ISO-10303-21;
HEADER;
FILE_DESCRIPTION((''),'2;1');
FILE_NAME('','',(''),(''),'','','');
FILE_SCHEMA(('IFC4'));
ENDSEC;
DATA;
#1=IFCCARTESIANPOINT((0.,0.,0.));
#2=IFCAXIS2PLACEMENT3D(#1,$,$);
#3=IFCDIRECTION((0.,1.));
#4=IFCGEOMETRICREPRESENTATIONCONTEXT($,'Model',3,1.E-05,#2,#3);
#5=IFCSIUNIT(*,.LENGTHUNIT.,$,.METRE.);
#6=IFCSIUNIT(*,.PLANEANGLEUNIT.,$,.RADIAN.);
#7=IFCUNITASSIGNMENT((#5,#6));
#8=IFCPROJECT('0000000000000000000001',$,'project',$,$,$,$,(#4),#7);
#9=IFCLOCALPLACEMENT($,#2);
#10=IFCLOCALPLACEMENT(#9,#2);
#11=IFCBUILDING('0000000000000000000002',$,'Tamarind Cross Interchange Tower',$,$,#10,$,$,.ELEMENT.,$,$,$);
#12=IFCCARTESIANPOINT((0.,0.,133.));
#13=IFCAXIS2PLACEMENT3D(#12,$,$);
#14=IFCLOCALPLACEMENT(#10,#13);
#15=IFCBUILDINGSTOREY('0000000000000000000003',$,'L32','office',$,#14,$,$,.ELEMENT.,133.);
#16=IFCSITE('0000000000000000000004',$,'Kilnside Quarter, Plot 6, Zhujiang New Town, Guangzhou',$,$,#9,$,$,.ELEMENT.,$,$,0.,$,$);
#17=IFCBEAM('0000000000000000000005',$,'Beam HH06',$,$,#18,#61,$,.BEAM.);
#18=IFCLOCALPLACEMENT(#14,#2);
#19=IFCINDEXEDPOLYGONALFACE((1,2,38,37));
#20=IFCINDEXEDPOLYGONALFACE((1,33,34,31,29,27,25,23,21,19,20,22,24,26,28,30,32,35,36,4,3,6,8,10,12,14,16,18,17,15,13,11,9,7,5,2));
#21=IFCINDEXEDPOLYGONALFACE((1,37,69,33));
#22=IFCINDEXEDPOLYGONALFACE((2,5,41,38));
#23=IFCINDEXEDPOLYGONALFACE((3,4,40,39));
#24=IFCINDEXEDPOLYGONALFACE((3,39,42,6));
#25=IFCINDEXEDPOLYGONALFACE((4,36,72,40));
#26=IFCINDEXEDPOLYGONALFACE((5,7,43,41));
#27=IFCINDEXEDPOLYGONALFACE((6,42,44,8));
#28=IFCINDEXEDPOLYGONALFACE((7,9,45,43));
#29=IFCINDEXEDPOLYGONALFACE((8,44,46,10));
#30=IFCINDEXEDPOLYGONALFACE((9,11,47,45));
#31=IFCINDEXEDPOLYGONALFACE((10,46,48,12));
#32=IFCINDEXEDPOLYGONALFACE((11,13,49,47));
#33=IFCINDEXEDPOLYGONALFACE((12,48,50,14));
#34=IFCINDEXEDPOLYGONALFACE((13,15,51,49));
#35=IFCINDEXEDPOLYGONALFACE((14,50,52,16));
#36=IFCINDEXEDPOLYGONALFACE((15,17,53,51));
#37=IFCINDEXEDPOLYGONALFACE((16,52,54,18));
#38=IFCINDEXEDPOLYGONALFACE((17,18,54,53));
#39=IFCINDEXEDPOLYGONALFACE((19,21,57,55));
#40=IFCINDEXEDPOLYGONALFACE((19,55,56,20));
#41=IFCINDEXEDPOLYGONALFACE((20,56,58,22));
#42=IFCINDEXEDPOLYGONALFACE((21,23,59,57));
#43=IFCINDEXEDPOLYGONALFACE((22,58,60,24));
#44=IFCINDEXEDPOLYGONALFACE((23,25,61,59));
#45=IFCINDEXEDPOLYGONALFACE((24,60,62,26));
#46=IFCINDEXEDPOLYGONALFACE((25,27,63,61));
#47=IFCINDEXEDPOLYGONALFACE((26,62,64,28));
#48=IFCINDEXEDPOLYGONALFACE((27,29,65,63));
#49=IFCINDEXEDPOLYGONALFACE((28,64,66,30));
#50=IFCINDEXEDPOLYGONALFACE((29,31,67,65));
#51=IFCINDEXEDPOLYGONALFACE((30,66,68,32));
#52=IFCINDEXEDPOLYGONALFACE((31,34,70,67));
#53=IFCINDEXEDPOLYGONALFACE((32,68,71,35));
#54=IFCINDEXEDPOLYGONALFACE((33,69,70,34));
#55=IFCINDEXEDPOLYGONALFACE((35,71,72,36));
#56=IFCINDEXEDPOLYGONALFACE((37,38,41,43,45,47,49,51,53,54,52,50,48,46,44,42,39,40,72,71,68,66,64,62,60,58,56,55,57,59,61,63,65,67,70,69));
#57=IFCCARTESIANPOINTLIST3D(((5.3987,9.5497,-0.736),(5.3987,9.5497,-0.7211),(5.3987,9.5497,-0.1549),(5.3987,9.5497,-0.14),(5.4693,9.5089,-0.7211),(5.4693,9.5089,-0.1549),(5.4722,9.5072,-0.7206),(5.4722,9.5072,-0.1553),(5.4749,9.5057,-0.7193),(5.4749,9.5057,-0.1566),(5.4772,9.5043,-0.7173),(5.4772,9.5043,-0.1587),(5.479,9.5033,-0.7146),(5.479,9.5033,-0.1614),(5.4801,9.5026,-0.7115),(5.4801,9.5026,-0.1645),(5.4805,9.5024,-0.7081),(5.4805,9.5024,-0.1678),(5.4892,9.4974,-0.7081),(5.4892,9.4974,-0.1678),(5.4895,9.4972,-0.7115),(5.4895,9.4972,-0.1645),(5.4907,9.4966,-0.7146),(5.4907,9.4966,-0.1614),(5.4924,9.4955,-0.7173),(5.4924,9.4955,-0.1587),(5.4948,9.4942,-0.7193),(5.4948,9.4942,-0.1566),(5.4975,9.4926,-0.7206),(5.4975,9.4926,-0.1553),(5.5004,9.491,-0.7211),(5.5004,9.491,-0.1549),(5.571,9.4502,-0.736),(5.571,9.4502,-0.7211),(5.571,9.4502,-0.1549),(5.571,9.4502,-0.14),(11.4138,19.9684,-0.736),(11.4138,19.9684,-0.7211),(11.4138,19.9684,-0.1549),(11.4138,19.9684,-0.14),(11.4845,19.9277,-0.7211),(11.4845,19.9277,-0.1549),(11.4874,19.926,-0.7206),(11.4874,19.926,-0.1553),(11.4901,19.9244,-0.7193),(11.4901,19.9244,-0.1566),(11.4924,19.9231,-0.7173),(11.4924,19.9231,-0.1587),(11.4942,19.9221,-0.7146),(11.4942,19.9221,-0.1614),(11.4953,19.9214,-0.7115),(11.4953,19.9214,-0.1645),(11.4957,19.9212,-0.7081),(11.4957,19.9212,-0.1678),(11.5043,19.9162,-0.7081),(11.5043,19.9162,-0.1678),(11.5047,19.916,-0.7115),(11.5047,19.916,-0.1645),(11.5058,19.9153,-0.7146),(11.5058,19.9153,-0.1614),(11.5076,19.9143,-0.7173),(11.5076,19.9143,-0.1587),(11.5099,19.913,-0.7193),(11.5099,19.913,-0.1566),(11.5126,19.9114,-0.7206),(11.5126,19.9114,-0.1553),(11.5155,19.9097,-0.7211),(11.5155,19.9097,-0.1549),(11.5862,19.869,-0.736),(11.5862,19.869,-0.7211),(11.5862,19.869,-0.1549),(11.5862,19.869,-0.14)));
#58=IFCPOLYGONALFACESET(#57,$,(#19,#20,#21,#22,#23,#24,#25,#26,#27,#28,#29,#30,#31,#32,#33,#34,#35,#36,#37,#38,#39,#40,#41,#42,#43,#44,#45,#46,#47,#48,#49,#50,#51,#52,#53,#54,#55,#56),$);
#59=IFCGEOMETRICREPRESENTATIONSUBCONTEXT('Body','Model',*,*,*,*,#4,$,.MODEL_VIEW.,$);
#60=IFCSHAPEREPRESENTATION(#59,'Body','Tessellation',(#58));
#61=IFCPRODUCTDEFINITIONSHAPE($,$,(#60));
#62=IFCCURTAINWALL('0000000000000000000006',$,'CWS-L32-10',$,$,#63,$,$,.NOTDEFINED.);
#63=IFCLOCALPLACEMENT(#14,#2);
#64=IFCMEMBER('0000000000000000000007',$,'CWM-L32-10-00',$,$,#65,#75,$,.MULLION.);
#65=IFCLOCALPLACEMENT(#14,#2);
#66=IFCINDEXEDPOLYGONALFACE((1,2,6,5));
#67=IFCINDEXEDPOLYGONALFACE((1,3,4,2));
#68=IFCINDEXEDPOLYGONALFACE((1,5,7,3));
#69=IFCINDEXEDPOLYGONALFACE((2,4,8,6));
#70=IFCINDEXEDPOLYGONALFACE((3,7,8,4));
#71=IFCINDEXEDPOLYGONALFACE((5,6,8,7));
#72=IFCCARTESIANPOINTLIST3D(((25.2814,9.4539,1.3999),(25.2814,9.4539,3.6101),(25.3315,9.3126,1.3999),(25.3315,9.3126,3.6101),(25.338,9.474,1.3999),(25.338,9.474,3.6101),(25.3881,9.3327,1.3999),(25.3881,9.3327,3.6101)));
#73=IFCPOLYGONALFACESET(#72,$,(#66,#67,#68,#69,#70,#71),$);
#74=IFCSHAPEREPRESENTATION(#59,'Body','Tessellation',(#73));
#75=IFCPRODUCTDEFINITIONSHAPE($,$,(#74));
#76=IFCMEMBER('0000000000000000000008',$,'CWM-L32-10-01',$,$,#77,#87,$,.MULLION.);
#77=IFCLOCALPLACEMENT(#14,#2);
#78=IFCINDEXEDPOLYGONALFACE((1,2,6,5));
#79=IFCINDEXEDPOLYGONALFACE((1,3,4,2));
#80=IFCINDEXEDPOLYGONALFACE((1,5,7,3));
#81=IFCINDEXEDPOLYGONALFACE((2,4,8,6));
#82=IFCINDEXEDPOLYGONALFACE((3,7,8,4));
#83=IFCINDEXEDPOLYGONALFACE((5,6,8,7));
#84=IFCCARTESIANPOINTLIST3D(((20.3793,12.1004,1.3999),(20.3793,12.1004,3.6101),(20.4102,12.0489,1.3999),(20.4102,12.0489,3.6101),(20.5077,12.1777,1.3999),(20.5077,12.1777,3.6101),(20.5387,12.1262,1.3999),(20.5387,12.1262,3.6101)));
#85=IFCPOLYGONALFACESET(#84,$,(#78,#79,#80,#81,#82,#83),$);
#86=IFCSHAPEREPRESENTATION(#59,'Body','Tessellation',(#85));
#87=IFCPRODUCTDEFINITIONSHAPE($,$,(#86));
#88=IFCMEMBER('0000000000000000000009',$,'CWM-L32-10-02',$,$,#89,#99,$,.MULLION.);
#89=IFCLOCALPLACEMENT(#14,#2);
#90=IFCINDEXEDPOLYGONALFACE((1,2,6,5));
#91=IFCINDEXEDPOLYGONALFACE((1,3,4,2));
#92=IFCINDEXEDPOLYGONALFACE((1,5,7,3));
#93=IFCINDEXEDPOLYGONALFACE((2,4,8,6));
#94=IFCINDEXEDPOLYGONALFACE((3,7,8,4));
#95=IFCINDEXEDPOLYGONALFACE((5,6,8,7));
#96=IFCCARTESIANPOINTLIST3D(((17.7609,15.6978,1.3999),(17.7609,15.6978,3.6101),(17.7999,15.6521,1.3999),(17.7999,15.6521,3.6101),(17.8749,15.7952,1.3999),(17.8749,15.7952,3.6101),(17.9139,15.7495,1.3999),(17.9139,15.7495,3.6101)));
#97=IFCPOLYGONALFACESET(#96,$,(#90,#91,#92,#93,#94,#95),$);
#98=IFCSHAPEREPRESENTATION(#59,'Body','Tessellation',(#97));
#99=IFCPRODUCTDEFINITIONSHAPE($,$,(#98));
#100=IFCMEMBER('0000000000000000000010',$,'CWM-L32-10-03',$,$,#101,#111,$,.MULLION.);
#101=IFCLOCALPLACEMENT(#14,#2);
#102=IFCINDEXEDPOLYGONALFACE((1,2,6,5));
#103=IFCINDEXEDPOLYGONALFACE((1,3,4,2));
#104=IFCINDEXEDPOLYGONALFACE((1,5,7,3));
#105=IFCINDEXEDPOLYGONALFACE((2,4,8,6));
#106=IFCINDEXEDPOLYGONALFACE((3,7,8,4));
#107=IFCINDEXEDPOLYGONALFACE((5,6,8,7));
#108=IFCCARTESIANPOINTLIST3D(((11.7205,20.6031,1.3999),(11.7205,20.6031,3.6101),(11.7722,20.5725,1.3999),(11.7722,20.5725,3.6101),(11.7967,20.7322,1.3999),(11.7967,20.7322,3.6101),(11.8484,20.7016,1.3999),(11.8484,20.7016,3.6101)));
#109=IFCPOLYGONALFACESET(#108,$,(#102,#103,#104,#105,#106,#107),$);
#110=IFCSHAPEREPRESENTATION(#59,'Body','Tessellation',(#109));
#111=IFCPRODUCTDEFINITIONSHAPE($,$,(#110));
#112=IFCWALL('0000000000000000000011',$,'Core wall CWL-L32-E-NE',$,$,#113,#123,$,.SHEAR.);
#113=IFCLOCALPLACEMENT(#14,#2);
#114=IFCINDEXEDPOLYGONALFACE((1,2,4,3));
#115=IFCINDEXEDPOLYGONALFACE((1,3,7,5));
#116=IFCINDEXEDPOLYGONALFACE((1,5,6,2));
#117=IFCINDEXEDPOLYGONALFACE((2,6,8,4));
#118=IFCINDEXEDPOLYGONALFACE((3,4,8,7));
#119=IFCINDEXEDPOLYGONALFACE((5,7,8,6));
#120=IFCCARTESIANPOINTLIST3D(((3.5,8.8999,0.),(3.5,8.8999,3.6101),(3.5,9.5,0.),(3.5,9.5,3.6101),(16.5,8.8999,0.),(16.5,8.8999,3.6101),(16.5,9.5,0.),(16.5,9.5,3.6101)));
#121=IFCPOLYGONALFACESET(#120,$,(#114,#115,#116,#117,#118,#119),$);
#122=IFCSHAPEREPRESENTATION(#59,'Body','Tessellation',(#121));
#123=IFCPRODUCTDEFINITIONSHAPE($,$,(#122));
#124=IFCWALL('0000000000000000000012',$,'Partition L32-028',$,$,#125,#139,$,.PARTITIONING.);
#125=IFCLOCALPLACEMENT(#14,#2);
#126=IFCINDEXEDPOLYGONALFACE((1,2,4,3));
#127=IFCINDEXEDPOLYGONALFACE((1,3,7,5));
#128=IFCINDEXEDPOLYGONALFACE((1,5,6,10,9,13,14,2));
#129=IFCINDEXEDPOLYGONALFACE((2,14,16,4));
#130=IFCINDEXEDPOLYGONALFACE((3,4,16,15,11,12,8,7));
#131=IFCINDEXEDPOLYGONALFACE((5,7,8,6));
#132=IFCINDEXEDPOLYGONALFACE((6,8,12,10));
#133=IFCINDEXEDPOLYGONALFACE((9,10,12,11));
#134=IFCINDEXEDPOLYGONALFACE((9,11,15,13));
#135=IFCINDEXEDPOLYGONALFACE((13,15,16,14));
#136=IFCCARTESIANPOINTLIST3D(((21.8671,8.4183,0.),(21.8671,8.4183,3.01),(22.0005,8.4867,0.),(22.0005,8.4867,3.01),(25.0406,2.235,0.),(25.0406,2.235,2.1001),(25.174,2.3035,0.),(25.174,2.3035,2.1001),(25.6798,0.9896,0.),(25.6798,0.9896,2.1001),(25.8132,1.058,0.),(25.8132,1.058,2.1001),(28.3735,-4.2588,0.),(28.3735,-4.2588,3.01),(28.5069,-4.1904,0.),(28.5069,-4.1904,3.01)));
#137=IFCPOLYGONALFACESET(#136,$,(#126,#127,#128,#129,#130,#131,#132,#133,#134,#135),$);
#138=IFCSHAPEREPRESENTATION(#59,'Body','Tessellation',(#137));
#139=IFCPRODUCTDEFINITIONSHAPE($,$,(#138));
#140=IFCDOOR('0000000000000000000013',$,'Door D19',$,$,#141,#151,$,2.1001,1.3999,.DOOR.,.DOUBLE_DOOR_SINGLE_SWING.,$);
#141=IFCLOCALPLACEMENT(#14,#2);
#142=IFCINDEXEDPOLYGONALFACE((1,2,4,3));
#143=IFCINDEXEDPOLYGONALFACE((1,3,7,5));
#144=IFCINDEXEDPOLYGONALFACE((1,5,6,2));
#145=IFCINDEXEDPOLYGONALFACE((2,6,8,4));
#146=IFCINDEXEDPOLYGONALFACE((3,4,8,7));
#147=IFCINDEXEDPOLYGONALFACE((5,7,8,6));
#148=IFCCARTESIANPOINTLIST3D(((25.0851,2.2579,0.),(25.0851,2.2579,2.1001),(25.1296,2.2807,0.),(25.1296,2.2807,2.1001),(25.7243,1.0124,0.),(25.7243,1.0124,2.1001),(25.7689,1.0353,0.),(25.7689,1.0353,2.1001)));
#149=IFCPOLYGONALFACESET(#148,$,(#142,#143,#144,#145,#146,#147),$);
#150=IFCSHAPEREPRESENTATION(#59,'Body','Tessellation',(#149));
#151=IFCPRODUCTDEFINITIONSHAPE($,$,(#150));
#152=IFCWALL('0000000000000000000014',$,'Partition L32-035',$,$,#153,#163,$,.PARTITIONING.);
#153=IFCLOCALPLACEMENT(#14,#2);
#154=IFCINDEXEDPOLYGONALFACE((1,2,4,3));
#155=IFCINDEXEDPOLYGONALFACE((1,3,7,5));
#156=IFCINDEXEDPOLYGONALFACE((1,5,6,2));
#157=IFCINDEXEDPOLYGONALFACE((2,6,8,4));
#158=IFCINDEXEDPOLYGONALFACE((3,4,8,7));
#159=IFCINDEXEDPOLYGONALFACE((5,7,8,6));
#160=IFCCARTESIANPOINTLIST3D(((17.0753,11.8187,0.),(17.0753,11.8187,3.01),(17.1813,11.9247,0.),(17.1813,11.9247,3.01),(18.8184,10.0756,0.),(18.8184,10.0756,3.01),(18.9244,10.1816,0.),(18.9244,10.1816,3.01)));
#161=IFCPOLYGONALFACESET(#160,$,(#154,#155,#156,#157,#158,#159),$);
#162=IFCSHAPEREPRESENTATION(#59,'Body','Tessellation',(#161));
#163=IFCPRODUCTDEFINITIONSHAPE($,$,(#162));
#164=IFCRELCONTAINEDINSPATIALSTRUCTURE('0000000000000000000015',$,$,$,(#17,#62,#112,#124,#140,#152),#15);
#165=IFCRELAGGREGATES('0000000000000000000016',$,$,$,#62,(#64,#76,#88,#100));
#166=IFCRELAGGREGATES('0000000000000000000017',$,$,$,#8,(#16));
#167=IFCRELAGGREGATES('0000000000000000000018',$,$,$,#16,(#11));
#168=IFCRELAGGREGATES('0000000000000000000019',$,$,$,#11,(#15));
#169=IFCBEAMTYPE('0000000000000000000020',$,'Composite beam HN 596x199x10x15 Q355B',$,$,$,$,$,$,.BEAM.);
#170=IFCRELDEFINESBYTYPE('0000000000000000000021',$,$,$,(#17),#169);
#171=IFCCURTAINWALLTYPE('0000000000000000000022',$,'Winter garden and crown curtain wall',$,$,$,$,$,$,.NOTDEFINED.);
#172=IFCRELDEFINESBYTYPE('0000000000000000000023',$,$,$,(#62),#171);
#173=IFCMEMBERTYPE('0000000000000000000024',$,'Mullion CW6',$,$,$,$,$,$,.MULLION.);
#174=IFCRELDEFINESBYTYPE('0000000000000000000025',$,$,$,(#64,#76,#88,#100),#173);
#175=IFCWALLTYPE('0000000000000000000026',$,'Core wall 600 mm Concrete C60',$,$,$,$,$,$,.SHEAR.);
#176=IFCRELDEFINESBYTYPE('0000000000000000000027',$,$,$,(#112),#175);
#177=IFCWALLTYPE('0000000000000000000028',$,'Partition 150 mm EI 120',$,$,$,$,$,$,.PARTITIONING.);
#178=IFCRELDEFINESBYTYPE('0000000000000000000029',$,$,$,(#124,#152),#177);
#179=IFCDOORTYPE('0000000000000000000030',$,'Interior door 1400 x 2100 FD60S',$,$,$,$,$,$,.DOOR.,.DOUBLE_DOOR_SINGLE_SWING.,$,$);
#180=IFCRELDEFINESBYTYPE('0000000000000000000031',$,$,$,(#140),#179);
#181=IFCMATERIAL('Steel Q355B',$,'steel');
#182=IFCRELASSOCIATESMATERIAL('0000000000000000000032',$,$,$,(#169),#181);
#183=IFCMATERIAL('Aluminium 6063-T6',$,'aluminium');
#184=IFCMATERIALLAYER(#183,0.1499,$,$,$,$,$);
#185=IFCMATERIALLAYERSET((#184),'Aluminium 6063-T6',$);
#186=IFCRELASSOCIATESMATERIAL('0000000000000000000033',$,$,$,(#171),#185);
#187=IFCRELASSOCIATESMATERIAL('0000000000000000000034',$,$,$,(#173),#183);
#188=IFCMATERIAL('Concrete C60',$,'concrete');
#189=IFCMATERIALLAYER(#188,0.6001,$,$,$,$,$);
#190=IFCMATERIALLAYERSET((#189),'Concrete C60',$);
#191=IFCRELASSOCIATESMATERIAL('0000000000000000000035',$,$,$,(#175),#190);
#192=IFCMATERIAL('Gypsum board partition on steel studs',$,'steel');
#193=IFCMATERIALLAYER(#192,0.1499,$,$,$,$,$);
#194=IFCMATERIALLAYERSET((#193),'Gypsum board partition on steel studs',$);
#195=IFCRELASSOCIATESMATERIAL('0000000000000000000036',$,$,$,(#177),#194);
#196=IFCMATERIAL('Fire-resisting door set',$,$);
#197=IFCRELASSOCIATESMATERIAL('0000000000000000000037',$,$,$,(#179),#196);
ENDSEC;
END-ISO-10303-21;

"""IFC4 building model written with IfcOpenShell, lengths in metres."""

from ifc_helpers import new_model, si_unit, direction, frame, frame_2d, origin, origin_2d, place, context, subcontext, project, spatial, rectangle, i_section, extrude, material, layer, layer_set, material_profile, profile_set, type_object, element, fill, aggregate, save


model = new_model("IFC4")

# Units and contexts
model_context = context("Model", 3, precision=1e-05, world=origin(), true_north=direction((0.0, 1.0)))
body_context = subcontext(model_context, "Body", "Model", "MODEL_VIEW")
ifc_project = project(units=[si_unit("LENGTHUNIT", "METRE"), si_unit("PLANEANGLEUNIT", "RADIAN")], contexts=[model_context])

# Site, building, storey
site_placement = place(None, origin())
site = spatial("IfcSite", under=ifc_project, at=site_placement, Name="Kilnside Quarter, Plot 6, Zhujiang New Town, Guangzhou", CompositionType="ELEMENT", RefElevation=0.0)
building_placement = place(site_placement, origin())
building = spatial("IfcBuilding", under=site, at=building_placement, Name="Tamarind Cross Interchange Tower", CompositionType="ELEMENT")
storey_placement = place(building_placement, frame((0.0, 0.0, 133.0)))
storey = spatial("IfcBuildingStorey", under=building, at=storey_placement, Name="L32", Description="office", CompositionType="ELEMENT", Elevation=133.0)

# Shared definitions
ifc_material_1 = material(Name="Concrete C60", Category="concrete")

# Beam
ifc_material_2 = material(Name="Steel Q355B", Category="steel")
ifc_material_profile_1 = material_profile(ifc_material_2, i_section(OverallWidth=0.199, OverallDepth=0.5959, WebThickness=0.01, FlangeThickness=0.0149, FilletRadius=0.0129, at=origin_2d()), Name="HN 596x199x10x15")
ifc_profile_set_1 = profile_set([ifc_material_profile_1], Name="Steel Q355B")
beam_type_1 = type_object("IfcBeamType", Name="Composite beam HN 596x199x10x15 Q355B", PredefinedType="BEAM", material=ifc_profile_set_1)
beam_1_placement = place(storey_placement, frame((11.5, 19.9187, -0.438), z_axis=(-0.499994, -0.866029, 0.0), x_axis=(0.866029, -0.499994, 0.0)))
element("IfcBeam", 1, at=beam_1_placement, inside=storey, type_object=beam_type_1, Name="Beam HH06", PredefinedType="BEAM", context=body_context, shape_type="SweptSolid", body=[
    extrude(i_section(OverallWidth=0.199, OverallDepth=0.5959, WebThickness=0.01, FlangeThickness=0.0149, FilletRadius=0.0129, at=origin_2d()), origin(), (0.0, 0.0, 1.0), 12.0305),
])

# Curtain wall, members
ifc_material_3 = material(Name="Aluminium 6063-T6", Category="aluminium")
ifc_layer_1 = layer(ifc_material_3, 0.1499)
ifc_layer_set_1 = layer_set([ifc_layer_1], Name="Aluminium 6063-T6")
curtain_wall_type = type_object("IfcCurtainWallType", Name="Winter garden and crown curtain wall", PredefinedType="NOTDEFINED", material=ifc_layer_set_1)
curtain_wall_placement = place(storey_placement, origin())
curtain_wall = element("IfcCurtainWall", 2, at=curtain_wall_placement, inside=storey, type_object=curtain_wall_type, Name="CWS-L32-10", PredefinedType="NOTDEFINED")
ifc_material_profile_2 = material_profile(ifc_material_3, rectangle(XDim=0.0601, YDim=0.1499, at=origin_2d()), Name="Mullion CW6")
ifc_profile_set_2 = profile_set([ifc_material_profile_2], Name="Aluminium 6063-T6")
member_type = type_object("IfcMemberType", Name="Mullion CW6", PredefinedType="MULLION", material=ifc_profile_set_2)
member_1_placement = place(storey_placement, frame((25.3347, 9.3933, 1.3999), z_axis=(0.0, 0.0, 1.0), x_axis=(-0.942541, -0.334091, 0.0)))
member_1 = element("IfcMember", 3, at=member_1_placement, type_object=member_type, Name="CWM-L32-10-00", PredefinedType="MULLION", context=body_context, shape_type="SweptSolid", body=[
    extrude(rectangle(XDim=0.0601, YDim=0.1499, at=origin_2d()), origin(), (0.0, 0.0, 1.0), 2.2102),
])
member_2_placement = place(storey_placement, frame((20.459, 12.1133, 1.3999), z_axis=(0.0, 0.0, 1.0), x_axis=(-0.515577, 0.856843, 0.0)))
member_2 = element("IfcMember", 4, at=member_2_placement, type_object=member_type, Name="CWM-L32-10-01", PredefinedType="MULLION", context=body_context, shape_type="SweptSolid", body=[
    extrude(rectangle(XDim=0.0601, YDim=0.1499, at=origin_2d()), origin(), (0.0, 0.0, 1.0), 2.2102),
])
member_3_placement = place(storey_placement, frame((17.8374, 15.7236, 1.3999), z_axis=(0.0, 0.0, 1.0), x_axis=(-0.649577, 0.760296, 0.0)))
member_3 = element("IfcMember", 5, at=member_3_placement, type_object=member_type, Name="CWM-L32-10-02", PredefinedType="MULLION", context=body_context, shape_type="SweptSolid", body=[
    extrude(rectangle(XDim=0.0601, YDim=0.1499, at=origin_2d()), origin(), (0.0, 0.0, 1.0), 2.2102),
])
member_4_placement = place(storey_placement, frame((11.7844, 20.6523, 1.3999), z_axis=(0.0, 0.0, 1.0), x_axis=(-0.861249, 0.508183, 0.0)))
member_4 = element("IfcMember", 6, at=member_4_placement, type_object=member_type, Name="CWM-L32-10-03", PredefinedType="MULLION", context=body_context, shape_type="SweptSolid", body=[
    extrude(rectangle(XDim=0.0601, YDim=0.1499, at=origin_2d()), origin(), (0.0, 0.0, 1.0), 2.2102),
])
aggregate(curtain_wall, [member_1, member_2, member_3, member_4])

# Wall
ifc_layer_2 = layer(ifc_material_1, 0.6001)
ifc_layer_set_2 = layer_set([ifc_layer_2], Name="Concrete C60")
wall_type_1 = type_object("IfcWallType", Name="Core wall 600 mm Concrete C60", PredefinedType="SHEAR", material=ifc_layer_set_2)
wall_1_placement = place(storey_placement, frame((16.5, 9.2, 0.0), z_axis=(0.0, 0.0, 1.0), x_axis=(-1.0, 0.0, 0.0)))
element("IfcWall", 7, at=wall_1_placement, inside=storey, type_object=wall_type_1, Name="Core wall CWL-L32-E-NE", PredefinedType="SHEAR", context=body_context, shape_type="SweptSolid", body=[
    extrude(rectangle(XDim=13.0, YDim=0.6001, at=frame_2d((6.5, 0.0))), origin(), (0.0, 0.0, 1.0), 3.6101),
])

# Wall, opening, door
ifc_material_4 = material(Name="Gypsum board partition on steel studs", Category="steel")
ifc_layer_3 = layer(ifc_material_4, 0.1499)
ifc_layer_set_3 = layer_set([ifc_layer_3], Name="Gypsum board partition on steel studs")
wall_type_2 = type_object("IfcWallType", Name="Partition 150 mm EI 120", PredefinedType="PARTITIONING", material=ifc_layer_set_3)
wall_2_placement = place(storey_placement, frame((21.9338, 8.4524, 0.0), z_axis=(0.0, 0.0, 1.0), x_axis=(0.456612, -0.889666, 0.0)))
wall_2 = element("IfcWall", 8, at=wall_2_placement, inside=storey, type_object=wall_type_2, Name="Partition L32-028", PredefinedType="PARTITIONING", context=body_context, shape_type="SweptSolid", body=[
    extrude(rectangle(XDim=14.2493, YDim=0.1499, at=frame_2d((7.1245, 0.0))), origin(), (0.0, 0.0, 1.0), 3.01),
])
opening_placement = place(wall_2_placement, frame((6.95, 0.0, 0.0)))
opening = element("IfcOpeningElement", 9, at=opening_placement, cuts=wall_2, PredefinedType="OPENING", context=body_context, shape_type="SweptSolid", body=[
    extrude(rectangle(XDim=1.3999, YDim=2.1001, at=frame_2d((0.7, 1.05))), frame((0.0, 0.085, 0.0), z_axis=(0.0, -1.0, 0.0), x_axis=(1.0, 0.0, 0.0)), (0.0, 0.0, 1.0), 0.1699),
])
ifc_material_5 = material(Name="Fire-resisting door set")
door_type = type_object("IfcDoorType", Name="Interior door 1400 x 2100 FD60S", OperationType="DOUBLE_DOOR_SINGLE_SWING", PredefinedType="DOOR", material=ifc_material_5)
door_placement = place(opening_placement, frame((1.3999, 0.0, 0.0), z_axis=(0.0, 0.0, 1.0), x_axis=(-1.0, 0.0, 0.0)))
door = element("IfcDoor", 10, at=door_placement, inside=storey, type_object=door_type, Name="Door D19", OperationType="DOUBLE_DOOR_SINGLE_SWING", OverallHeight=2.1001, OverallWidth=1.3999, PredefinedType="DOOR", context=body_context, shape_type="SweptSolid", body=[
    extrude(rectangle(XDim=1.3999, YDim=2.1001, at=frame_2d((0.7, 1.05))), frame((0.0, 0.0249, 0.0), z_axis=(0.0, -1.0, 0.0), x_axis=(1.0, 0.0, 0.0)), (0.0, 0.0, 1.0), 0.05),
])
fill(opening, door)

# Wall
wall_3_placement = place(storey_placement, frame((17.1284, 11.8716, 0.0), z_axis=(0.0, 0.0, 1.0), x_axis=(0.707107, -0.707107, 0.0)))
element("IfcWall", 11, at=wall_3_placement, inside=storey, type_object=wall_type_2, Name="Partition L32-035", PredefinedType="PARTITIONING", context=body_context, shape_type="SweptSolid", body=[
    extrude(rectangle(XDim=2.4651, YDim=0.1499, at=frame_2d((1.2324, 0.0))), origin(), (0.0, 0.0, 1.0), 3.01),
])

save(model, "model.ifc")
